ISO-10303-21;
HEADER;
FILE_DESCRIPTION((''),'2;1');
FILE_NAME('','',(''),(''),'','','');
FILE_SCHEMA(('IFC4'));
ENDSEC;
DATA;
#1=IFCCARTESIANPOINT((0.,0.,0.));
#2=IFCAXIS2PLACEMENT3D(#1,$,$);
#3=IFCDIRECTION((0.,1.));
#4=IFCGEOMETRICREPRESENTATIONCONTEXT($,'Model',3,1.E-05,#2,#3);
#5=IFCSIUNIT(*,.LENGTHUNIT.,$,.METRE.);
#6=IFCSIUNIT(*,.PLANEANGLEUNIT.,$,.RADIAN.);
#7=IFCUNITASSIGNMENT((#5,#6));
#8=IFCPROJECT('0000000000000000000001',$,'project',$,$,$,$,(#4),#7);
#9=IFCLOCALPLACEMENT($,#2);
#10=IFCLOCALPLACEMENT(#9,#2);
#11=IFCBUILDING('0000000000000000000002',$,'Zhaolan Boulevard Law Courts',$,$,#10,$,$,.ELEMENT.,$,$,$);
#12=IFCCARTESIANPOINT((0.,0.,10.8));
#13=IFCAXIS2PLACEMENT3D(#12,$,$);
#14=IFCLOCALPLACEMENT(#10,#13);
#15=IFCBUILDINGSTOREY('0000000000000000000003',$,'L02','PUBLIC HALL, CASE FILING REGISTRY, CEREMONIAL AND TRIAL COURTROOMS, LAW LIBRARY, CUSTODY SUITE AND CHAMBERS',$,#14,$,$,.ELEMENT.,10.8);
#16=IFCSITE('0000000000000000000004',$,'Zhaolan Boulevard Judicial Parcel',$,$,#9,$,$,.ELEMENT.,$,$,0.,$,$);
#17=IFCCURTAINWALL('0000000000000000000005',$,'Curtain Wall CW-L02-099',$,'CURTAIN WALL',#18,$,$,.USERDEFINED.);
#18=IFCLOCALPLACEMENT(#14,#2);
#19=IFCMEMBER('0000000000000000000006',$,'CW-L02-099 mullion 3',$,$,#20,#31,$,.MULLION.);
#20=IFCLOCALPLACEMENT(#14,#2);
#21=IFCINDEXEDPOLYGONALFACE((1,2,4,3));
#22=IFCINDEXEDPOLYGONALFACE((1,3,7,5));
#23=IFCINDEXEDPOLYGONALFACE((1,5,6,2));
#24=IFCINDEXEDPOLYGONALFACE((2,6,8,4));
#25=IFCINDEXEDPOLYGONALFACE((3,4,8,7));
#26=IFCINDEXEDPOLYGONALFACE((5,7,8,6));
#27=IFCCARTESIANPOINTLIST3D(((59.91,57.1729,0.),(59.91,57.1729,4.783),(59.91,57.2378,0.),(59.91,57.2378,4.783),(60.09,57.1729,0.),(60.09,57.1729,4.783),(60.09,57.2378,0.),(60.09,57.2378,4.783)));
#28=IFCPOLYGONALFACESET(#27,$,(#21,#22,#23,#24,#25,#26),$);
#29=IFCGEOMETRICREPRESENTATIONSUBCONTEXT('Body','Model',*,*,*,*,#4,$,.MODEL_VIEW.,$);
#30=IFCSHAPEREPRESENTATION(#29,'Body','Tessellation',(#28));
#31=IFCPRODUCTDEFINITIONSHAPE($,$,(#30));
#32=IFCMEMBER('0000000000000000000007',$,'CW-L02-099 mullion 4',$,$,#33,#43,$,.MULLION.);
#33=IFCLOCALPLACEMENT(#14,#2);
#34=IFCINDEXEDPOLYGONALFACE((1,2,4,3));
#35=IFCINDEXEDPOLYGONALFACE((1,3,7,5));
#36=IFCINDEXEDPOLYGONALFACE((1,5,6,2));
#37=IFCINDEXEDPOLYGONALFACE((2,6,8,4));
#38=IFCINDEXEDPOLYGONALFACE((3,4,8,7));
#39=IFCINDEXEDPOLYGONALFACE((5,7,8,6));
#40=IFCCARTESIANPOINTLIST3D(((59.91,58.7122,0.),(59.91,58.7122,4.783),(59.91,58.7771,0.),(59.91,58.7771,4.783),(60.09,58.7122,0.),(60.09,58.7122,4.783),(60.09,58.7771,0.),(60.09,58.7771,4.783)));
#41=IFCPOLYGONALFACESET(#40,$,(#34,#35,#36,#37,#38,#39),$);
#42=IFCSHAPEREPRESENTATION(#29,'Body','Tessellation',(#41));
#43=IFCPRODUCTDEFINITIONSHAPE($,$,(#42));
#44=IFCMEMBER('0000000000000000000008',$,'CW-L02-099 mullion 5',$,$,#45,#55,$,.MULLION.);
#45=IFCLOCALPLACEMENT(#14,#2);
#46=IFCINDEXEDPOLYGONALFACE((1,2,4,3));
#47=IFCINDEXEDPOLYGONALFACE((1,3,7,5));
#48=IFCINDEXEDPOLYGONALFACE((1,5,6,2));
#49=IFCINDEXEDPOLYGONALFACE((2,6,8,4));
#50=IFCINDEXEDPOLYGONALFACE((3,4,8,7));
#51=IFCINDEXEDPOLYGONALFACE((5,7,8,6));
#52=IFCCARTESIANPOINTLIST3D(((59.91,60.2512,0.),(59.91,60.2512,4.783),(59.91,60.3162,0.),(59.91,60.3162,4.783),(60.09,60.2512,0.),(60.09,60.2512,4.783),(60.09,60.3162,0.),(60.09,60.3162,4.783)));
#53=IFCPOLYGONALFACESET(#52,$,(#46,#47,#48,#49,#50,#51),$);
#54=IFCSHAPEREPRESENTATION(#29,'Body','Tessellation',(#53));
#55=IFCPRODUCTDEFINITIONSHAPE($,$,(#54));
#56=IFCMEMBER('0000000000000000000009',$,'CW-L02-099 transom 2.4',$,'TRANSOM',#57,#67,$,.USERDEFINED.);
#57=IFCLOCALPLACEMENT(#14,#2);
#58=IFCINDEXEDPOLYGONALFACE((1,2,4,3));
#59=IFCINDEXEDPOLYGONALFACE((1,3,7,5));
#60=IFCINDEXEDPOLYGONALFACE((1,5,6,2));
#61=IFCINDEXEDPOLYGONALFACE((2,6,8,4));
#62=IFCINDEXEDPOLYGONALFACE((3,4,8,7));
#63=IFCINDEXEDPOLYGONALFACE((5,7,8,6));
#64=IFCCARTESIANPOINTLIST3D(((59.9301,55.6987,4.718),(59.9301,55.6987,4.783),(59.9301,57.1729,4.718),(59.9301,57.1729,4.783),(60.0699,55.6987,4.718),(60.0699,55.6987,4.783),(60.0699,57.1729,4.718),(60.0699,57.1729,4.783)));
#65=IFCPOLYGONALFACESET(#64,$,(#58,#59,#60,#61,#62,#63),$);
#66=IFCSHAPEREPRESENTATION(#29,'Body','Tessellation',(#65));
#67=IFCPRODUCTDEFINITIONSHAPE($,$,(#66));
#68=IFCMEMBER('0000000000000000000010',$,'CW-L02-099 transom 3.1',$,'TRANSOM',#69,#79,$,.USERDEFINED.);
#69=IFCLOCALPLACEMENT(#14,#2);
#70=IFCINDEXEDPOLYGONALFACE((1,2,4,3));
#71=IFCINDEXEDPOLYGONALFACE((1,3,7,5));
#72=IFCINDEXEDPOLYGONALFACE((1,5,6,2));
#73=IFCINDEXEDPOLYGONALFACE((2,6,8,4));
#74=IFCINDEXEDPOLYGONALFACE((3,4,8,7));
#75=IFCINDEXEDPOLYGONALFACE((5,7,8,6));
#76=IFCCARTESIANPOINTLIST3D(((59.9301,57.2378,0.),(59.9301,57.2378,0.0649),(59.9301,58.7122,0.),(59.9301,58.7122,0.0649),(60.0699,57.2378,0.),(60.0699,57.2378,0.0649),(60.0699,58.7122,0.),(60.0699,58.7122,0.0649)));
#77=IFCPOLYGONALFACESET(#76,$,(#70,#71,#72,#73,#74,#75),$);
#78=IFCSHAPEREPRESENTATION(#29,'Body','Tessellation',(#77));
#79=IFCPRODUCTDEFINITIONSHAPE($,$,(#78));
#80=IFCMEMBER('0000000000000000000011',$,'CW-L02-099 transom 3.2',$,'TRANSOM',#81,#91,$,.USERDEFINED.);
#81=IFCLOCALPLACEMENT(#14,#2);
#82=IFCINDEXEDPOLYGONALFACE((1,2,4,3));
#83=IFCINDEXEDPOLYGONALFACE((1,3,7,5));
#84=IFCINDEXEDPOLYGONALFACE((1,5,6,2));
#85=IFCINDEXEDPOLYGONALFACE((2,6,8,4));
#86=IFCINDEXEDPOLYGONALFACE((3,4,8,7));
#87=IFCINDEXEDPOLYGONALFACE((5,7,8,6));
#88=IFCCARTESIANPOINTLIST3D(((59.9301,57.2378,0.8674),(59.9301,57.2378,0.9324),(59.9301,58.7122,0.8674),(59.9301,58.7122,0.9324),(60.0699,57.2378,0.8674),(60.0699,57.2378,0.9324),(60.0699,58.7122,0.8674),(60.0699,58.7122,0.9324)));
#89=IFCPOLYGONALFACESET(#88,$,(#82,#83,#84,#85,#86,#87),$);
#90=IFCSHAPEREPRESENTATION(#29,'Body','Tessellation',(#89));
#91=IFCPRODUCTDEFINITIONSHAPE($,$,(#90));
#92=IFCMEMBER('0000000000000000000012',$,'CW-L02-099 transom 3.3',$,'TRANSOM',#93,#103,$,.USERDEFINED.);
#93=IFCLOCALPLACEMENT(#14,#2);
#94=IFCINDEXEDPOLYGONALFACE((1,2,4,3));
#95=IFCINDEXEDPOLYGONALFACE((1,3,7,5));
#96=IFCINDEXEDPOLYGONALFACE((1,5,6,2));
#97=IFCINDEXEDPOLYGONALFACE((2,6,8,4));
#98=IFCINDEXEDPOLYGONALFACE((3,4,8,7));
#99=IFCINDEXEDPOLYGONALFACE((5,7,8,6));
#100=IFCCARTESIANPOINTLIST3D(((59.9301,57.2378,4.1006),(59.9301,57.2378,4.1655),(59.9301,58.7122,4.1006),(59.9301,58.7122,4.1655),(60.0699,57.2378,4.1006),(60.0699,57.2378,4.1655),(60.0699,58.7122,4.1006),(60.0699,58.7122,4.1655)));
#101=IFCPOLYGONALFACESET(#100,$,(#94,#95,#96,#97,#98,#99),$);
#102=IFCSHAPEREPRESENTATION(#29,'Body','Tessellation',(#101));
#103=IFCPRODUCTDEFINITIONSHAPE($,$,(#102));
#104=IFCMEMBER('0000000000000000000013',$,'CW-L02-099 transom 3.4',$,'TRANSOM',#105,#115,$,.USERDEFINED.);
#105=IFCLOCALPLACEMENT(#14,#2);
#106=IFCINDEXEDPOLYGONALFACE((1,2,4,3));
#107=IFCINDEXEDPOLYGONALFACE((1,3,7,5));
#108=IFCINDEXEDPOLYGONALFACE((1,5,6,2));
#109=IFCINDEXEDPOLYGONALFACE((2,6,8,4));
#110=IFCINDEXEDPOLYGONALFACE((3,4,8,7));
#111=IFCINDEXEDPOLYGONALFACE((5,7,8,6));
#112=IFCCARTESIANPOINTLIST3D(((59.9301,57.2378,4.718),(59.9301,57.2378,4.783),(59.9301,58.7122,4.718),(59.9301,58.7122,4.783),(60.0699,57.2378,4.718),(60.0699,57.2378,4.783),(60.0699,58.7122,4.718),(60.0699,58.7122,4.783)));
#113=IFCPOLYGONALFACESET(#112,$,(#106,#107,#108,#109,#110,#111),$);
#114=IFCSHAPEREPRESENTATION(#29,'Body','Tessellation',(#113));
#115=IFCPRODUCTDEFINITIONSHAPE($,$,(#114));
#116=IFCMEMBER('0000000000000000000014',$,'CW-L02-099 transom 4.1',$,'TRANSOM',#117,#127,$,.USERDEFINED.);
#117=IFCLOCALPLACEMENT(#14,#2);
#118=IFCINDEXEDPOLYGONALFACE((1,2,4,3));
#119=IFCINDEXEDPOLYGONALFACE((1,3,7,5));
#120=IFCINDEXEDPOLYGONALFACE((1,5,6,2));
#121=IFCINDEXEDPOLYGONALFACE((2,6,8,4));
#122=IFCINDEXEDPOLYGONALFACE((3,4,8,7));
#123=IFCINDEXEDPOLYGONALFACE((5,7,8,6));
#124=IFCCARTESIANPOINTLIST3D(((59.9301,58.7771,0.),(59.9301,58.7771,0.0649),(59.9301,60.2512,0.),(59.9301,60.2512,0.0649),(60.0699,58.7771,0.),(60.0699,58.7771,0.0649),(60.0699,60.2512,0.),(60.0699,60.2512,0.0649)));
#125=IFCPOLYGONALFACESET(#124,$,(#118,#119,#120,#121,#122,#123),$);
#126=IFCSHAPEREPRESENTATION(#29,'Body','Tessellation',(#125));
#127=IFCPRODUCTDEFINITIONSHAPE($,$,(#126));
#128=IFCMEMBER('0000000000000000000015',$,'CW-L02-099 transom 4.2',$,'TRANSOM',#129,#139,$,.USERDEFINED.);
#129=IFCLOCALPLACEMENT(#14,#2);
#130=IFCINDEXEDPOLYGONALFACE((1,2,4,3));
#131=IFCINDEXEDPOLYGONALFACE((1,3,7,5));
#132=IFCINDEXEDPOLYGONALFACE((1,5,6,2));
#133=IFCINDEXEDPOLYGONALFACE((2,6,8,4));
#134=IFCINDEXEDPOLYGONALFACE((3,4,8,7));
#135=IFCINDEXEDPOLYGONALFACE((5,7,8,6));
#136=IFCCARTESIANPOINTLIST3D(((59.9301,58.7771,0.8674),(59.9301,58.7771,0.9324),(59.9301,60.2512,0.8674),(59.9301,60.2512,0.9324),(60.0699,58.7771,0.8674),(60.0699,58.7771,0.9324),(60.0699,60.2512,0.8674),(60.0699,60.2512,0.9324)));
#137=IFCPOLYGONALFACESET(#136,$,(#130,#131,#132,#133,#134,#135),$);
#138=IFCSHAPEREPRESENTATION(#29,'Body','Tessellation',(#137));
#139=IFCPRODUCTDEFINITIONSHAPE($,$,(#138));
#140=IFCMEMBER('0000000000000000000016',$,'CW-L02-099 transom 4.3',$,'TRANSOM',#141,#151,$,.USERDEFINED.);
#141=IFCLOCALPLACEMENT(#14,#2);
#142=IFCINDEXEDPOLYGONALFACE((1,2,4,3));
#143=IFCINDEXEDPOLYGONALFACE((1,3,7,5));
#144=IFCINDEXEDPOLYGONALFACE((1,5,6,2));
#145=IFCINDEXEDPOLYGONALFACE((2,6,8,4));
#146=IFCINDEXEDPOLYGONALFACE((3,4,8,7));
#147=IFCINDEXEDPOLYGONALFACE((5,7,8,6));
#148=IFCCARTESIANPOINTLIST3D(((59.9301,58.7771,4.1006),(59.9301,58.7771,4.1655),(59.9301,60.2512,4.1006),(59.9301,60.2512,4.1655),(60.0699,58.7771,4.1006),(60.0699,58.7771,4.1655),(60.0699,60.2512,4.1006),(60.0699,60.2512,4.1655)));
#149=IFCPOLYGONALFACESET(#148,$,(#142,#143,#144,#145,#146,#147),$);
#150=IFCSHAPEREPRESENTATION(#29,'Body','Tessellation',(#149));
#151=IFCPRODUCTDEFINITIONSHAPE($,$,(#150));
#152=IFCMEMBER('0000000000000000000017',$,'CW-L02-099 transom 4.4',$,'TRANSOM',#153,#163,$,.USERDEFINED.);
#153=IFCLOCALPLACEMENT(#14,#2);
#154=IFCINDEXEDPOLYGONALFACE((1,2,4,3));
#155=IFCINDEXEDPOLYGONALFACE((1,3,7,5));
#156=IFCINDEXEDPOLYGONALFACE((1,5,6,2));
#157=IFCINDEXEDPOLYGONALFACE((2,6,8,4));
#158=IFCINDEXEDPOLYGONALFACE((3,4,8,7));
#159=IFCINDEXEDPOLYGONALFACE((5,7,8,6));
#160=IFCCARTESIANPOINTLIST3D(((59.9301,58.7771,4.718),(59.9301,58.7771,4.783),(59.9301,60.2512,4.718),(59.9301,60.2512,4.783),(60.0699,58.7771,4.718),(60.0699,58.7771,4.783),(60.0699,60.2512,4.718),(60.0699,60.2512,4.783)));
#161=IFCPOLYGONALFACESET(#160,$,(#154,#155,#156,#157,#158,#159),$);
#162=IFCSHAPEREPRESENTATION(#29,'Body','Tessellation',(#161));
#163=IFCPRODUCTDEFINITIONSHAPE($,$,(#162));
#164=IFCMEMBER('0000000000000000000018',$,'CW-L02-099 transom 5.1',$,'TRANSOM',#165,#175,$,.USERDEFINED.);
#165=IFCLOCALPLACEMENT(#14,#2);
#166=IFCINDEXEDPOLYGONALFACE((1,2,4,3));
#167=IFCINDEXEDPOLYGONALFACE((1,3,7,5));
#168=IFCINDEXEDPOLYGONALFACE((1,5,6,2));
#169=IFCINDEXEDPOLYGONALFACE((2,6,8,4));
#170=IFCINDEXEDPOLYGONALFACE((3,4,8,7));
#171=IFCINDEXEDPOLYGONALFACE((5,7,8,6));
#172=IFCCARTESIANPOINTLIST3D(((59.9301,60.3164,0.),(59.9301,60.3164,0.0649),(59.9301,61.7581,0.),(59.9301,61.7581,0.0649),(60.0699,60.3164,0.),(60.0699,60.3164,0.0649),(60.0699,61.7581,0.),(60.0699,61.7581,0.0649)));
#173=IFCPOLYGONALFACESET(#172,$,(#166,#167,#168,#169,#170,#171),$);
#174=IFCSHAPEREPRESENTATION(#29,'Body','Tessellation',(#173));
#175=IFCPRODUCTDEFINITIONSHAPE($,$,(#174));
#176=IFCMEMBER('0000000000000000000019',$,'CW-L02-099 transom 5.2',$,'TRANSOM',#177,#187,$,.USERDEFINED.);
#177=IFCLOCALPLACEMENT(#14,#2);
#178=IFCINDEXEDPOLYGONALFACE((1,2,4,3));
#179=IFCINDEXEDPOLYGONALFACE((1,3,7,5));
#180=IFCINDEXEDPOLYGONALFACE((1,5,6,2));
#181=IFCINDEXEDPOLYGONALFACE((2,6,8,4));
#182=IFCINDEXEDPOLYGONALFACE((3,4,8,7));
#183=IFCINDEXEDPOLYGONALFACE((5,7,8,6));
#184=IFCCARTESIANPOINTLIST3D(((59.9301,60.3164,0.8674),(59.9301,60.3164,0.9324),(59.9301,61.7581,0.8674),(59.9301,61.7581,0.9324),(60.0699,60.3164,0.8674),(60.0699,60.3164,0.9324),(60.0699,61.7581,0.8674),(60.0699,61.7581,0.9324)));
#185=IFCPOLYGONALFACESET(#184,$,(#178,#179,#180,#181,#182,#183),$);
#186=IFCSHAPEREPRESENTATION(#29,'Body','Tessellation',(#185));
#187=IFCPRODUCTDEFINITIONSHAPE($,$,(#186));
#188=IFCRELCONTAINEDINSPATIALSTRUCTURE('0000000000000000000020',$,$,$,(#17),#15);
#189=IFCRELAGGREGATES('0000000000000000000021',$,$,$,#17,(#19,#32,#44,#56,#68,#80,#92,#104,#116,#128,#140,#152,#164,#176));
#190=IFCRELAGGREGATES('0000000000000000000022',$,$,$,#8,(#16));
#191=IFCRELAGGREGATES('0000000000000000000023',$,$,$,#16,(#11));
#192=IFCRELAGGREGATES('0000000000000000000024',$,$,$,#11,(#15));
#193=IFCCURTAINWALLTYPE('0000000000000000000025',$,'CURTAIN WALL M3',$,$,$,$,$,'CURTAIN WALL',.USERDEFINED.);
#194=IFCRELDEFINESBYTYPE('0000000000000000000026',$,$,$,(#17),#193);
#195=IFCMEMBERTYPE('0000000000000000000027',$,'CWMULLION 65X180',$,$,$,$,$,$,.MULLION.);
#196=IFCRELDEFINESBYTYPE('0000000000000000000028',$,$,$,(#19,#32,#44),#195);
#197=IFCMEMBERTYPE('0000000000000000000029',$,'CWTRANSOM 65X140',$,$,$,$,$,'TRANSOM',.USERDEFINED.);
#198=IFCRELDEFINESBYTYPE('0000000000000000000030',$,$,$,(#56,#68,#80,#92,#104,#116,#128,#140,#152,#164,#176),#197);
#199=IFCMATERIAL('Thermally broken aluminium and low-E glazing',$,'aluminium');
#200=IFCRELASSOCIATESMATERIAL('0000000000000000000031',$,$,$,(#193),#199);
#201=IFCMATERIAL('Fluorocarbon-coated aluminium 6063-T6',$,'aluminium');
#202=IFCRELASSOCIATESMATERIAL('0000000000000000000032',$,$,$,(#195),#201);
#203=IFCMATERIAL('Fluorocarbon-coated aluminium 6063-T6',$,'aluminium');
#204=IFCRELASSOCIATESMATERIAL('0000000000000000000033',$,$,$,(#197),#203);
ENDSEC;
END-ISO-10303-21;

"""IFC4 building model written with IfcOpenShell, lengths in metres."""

from ifc_helpers import new_model, si_unit, direction, frame, origin, origin_2d, place, context, subcontext, project, spatial, rectangle, extrude, material, material_profile, profile_set, type_object, element, aggregate, save


model = new_model("IFC4")

# Units and contexts
model_context = context("Model", 3, precision=1e-05, world=origin(), true_north=direction((0.0, 1.0)))
body_context = subcontext(model_context, "Body", "Model", "MODEL_VIEW")
ifc_project = project(units=[si_unit("LENGTHUNIT", "METRE"), si_unit("PLANEANGLEUNIT", "RADIAN")], contexts=[model_context])

# Site, building, storey
site_placement = place(None, origin())
site = spatial("IfcSite", under=ifc_project, at=site_placement, Name="Zhaolan Boulevard Judicial Parcel", CompositionType="ELEMENT", RefElevation=0.0)
building_placement = place(site_placement, origin())
building = spatial("IfcBuilding", under=site, at=building_placement, Name="Zhaolan Boulevard Law Courts", CompositionType="ELEMENT")
storey_placement = place(building_placement, frame((0.0, 0.0, 10.8)))
storey = spatial("IfcBuildingStorey", under=building, at=storey_placement, Name="L02", Description="PUBLIC HALL, CASE FILING REGISTRY, CEREMONIAL AND TRIAL COURTROOMS, LAW LIBRARY, CUSTODY SUITE AND CHAMBERS", CompositionType="ELEMENT", Elevation=10.8)

# Curtain wall, members
ifc_material_1 = material(Name="Thermally broken aluminium and low-E glazing", Category="aluminium")
curtain_wall_type = type_object("IfcCurtainWallType", Name="CURTAIN WALL M3", ElementType="CURTAIN WALL", PredefinedType="USERDEFINED", material=ifc_material_1)
curtain_wall_placement = place(storey_placement, origin())
curtain_wall = element("IfcCurtainWall", 1, at=curtain_wall_placement, inside=storey, type_object=curtain_wall_type, Name="Curtain Wall CW-L02-099", ObjectType="CURTAIN WALL", PredefinedType="USERDEFINED")
ifc_material_2 = material(Name="Fluorocarbon-coated aluminium 6063-T6", Category="aluminium")
ifc_material_profile_1 = material_profile(ifc_material_2, rectangle(XDim=0.1799, YDim=0.0649, at=origin_2d()), Name="AL65x180")
ifc_profile_set_1 = profile_set([ifc_material_profile_1], Name="Fluorocarbon-coated aluminium 6063-T6")
member_type_1 = type_object("IfcMemberType", Name="CWMULLION 65X180", PredefinedType="MULLION", material=ifc_profile_set_1)
member_1_placement = place(storey_placement, frame((60.0, 57.2053, 0.0), z_axis=(0.0, 0.0, 1.0), x_axis=(-1.0, 0.0, 0.0)))
member_1 = element("IfcMember", 2, at=member_1_placement, type_object=member_type_1, Name="CW-L02-099 mullion 3", PredefinedType="MULLION", context=body_context, shape_type="SweptSolid", body=[
    extrude(rectangle(XDim=0.1799, YDim=0.0649, at=origin_2d()), origin(), (0.0, 0.0, 1.0), 4.783),
])
member_2_placement = place(storey_placement, frame((60.0, 58.7446, 0.0), z_axis=(0.0, 0.0, 1.0), x_axis=(-1.0, 0.0, 0.0)))
member_2 = element("IfcMember", 3, at=member_2_placement, type_object=member_type_1, Name="CW-L02-099 mullion 4", PredefinedType="MULLION", context=body_context, shape_type="SweptSolid", body=[
    extrude(rectangle(XDim=0.1799, YDim=0.0649, at=origin_2d()), origin(), (0.0, 0.0, 1.0), 4.783),
])
member_3_placement = place(storey_placement, frame((60.0, 60.2837, 0.0), z_axis=(0.0, 0.0, 1.0), x_axis=(-1.0, 0.0, 0.0)))
member_3 = element("IfcMember", 4, at=member_3_placement, type_object=member_type_1, Name="CW-L02-099 mullion 5", PredefinedType="MULLION", context=body_context, shape_type="SweptSolid", body=[
    extrude(rectangle(XDim=0.1799, YDim=0.0649, at=origin_2d()), origin(), (0.0, 0.0, 1.0), 4.783),
])
ifc_material_3 = material(Name="Fluorocarbon-coated aluminium 6063-T6", Category="aluminium")
ifc_material_profile_2 = material_profile(ifc_material_3, rectangle(XDim=0.1399, YDim=0.0649, at=origin_2d()), Name="AL65x140")
ifc_profile_set_2 = profile_set([ifc_material_profile_2], Name="Fluorocarbon-coated aluminium 6063-T6")
member_type_2 = type_object("IfcMemberType", Name="CWTRANSOM 65X140", ElementType="TRANSOM", PredefinedType="USERDEFINED", material=ifc_profile_set_2)
member_4_placement = place(storey_placement, frame((60.0, 55.6987, 4.7505), z_axis=(0.0, 1.0, 0.0), x_axis=(-1.0, 0.0, 0.0)))
member_4 = element("IfcMember", 5, at=member_4_placement, type_object=member_type_2, Name="CW-L02-099 transom 2.4", ObjectType="TRANSOM", PredefinedType="USERDEFINED", context=body_context, shape_type="SweptSolid", body=[
    extrude(rectangle(XDim=0.1399, YDim=0.0649, at=origin_2d()), origin(), (0.0, 0.0, 1.0), 1.4741),
])
member_5_placement = place(storey_placement, frame((60.0, 57.2378, 0.0325), z_axis=(0.0, 1.0, 0.0), x_axis=(-1.0, 0.0, 0.0)))
member_5 = element("IfcMember", 6, at=member_5_placement, type_object=member_type_2, Name="CW-L02-099 transom 3.1", ObjectType="TRANSOM", PredefinedType="USERDEFINED", context=body_context, shape_type="SweptSolid", body=[
    extrude(rectangle(XDim=0.1399, YDim=0.0649, at=origin_2d()), origin(), (0.0, 0.0, 1.0), 1.4744),
])
member_6_placement = place(storey_placement, frame((60.0, 57.2378, 0.8999), z_axis=(0.0, 1.0, 0.0), x_axis=(-1.0, 0.0, 0.0)))
member_6 = element("IfcMember", 7, at=member_6_placement, type_object=member_type_2, Name="CW-L02-099 transom 3.2", ObjectType="TRANSOM", PredefinedType="USERDEFINED", context=body_context, shape_type="SweptSolid", body=[
    extrude(rectangle(XDim=0.1399, YDim=0.0649, at=origin_2d()), origin(), (0.0, 0.0, 1.0), 1.4744),
])
member_7_placement = place(storey_placement, frame((60.0, 57.2378, 4.1331), z_axis=(0.0, 1.0, 0.0), x_axis=(-1.0, 0.0, 0.0)))
member_7 = element("IfcMember", 8, at=member_7_placement, type_object=member_type_2, Name="CW-L02-099 transom 3.3", ObjectType="TRANSOM", PredefinedType="USERDEFINED", context=body_context, shape_type="SweptSolid", body=[
    extrude(rectangle(XDim=0.1399, YDim=0.0649, at=origin_2d()), origin(), (0.0, 0.0, 1.0), 1.4744),
])
member_8_placement = place(storey_placement, frame((60.0, 57.2378, 4.7505), z_axis=(0.0, 1.0, 0.0), x_axis=(-1.0, 0.0, 0.0)))
member_8 = element("IfcMember", 9, at=member_8_placement, type_object=member_type_2, Name="CW-L02-099 transom 3.4", ObjectType="TRANSOM", PredefinedType="USERDEFINED", context=body_context, shape_type="SweptSolid", body=[
    extrude(rectangle(XDim=0.1399, YDim=0.0649, at=origin_2d()), origin(), (0.0, 0.0, 1.0), 1.4744),
])
member_9_placement = place(storey_placement, frame((60.0, 58.7771, 0.0325), z_axis=(0.0, 1.0, 0.0), x_axis=(-1.0, 0.0, 0.0)))
member_9 = element("IfcMember", 10, at=member_9_placement, type_object=member_type_2, Name="CW-L02-099 transom 4.1", ObjectType="TRANSOM", PredefinedType="USERDEFINED", context=body_context, shape_type="SweptSolid", body=[
    extrude(rectangle(XDim=0.1399, YDim=0.0649, at=origin_2d()), origin(), (0.0, 0.0, 1.0), 1.4741),
])
member_10_placement = place(storey_placement, frame((60.0, 58.7771, 0.8999), z_axis=(0.0, 1.0, 0.0), x_axis=(-1.0, 0.0, 0.0)))
member_10 = element("IfcMember", 11, at=member_10_placement, type_object=member_type_2, Name="CW-L02-099 transom 4.2", ObjectType="TRANSOM", PredefinedType="USERDEFINED", context=body_context, shape_type="SweptSolid", body=[
    extrude(rectangle(XDim=0.1399, YDim=0.0649, at=origin_2d()), origin(), (0.0, 0.0, 1.0), 1.4741),
])
member_11_placement = place(storey_placement, frame((60.0, 58.7771, 4.1331), z_axis=(0.0, 1.0, 0.0), x_axis=(-1.0, 0.0, 0.0)))
member_11 = element("IfcMember", 12, at=member_11_placement, type_object=member_type_2, Name="CW-L02-099 transom 4.3", ObjectType="TRANSOM", PredefinedType="USERDEFINED", context=body_context, shape_type="SweptSolid", body=[
    extrude(rectangle(XDim=0.1399, YDim=0.0649, at=origin_2d()), origin(), (0.0, 0.0, 1.0), 1.4741),
])
member_12_placement = place(storey_placement, frame((60.0, 58.7771, 4.7505), z_axis=(0.0, 1.0, 0.0), x_axis=(-1.0, 0.0, 0.0)))
member_12 = element("IfcMember", 13, at=member_12_placement, type_object=member_type_2, Name="CW-L02-099 transom 4.4", ObjectType="TRANSOM", PredefinedType="USERDEFINED", context=body_context, shape_type="SweptSolid", body=[
    extrude(rectangle(XDim=0.1399, YDim=0.0649, at=origin_2d()), origin(), (0.0, 0.0, 1.0), 1.4741),
])
member_13_placement = place(storey_placement, frame((60.0, 60.3164, 0.0325), z_axis=(0.0, 1.0, 0.0), x_axis=(-1.0, 0.0, 0.0)))
member_13 = element("IfcMember", 14, at=member_13_placement, type_object=member_type_2, Name="CW-L02-099 transom 5.1", ObjectType="TRANSOM", PredefinedType="USERDEFINED", context=body_context, shape_type="SweptSolid", body=[
    extrude(rectangle(XDim=0.1399, YDim=0.0649, at=origin_2d()), origin(), (0.0, 0.0, 1.0), 1.4417),
])
member_14_placement = place(storey_placement, frame((60.0, 60.3164, 0.8999), z_axis=(0.0, 1.0, 0.0), x_axis=(-1.0, 0.0, 0.0)))
member_14 = element("IfcMember", 15, at=member_14_placement, type_object=member_type_2, Name="CW-L02-099 transom 5.2", ObjectType="TRANSOM", PredefinedType="USERDEFINED", context=body_context, shape_type="SweptSolid", body=[
    extrude(rectangle(XDim=0.1399, YDim=0.0649, at=origin_2d()), origin(), (0.0, 0.0, 1.0), 1.4417),
])
aggregate(curtain_wall, [member_1, member_2, member_3, member_4, member_5, member_6, member_7, member_8, member_9, member_10, member_11, member_12, member_13, member_14])

save(model, "model.ifc")
